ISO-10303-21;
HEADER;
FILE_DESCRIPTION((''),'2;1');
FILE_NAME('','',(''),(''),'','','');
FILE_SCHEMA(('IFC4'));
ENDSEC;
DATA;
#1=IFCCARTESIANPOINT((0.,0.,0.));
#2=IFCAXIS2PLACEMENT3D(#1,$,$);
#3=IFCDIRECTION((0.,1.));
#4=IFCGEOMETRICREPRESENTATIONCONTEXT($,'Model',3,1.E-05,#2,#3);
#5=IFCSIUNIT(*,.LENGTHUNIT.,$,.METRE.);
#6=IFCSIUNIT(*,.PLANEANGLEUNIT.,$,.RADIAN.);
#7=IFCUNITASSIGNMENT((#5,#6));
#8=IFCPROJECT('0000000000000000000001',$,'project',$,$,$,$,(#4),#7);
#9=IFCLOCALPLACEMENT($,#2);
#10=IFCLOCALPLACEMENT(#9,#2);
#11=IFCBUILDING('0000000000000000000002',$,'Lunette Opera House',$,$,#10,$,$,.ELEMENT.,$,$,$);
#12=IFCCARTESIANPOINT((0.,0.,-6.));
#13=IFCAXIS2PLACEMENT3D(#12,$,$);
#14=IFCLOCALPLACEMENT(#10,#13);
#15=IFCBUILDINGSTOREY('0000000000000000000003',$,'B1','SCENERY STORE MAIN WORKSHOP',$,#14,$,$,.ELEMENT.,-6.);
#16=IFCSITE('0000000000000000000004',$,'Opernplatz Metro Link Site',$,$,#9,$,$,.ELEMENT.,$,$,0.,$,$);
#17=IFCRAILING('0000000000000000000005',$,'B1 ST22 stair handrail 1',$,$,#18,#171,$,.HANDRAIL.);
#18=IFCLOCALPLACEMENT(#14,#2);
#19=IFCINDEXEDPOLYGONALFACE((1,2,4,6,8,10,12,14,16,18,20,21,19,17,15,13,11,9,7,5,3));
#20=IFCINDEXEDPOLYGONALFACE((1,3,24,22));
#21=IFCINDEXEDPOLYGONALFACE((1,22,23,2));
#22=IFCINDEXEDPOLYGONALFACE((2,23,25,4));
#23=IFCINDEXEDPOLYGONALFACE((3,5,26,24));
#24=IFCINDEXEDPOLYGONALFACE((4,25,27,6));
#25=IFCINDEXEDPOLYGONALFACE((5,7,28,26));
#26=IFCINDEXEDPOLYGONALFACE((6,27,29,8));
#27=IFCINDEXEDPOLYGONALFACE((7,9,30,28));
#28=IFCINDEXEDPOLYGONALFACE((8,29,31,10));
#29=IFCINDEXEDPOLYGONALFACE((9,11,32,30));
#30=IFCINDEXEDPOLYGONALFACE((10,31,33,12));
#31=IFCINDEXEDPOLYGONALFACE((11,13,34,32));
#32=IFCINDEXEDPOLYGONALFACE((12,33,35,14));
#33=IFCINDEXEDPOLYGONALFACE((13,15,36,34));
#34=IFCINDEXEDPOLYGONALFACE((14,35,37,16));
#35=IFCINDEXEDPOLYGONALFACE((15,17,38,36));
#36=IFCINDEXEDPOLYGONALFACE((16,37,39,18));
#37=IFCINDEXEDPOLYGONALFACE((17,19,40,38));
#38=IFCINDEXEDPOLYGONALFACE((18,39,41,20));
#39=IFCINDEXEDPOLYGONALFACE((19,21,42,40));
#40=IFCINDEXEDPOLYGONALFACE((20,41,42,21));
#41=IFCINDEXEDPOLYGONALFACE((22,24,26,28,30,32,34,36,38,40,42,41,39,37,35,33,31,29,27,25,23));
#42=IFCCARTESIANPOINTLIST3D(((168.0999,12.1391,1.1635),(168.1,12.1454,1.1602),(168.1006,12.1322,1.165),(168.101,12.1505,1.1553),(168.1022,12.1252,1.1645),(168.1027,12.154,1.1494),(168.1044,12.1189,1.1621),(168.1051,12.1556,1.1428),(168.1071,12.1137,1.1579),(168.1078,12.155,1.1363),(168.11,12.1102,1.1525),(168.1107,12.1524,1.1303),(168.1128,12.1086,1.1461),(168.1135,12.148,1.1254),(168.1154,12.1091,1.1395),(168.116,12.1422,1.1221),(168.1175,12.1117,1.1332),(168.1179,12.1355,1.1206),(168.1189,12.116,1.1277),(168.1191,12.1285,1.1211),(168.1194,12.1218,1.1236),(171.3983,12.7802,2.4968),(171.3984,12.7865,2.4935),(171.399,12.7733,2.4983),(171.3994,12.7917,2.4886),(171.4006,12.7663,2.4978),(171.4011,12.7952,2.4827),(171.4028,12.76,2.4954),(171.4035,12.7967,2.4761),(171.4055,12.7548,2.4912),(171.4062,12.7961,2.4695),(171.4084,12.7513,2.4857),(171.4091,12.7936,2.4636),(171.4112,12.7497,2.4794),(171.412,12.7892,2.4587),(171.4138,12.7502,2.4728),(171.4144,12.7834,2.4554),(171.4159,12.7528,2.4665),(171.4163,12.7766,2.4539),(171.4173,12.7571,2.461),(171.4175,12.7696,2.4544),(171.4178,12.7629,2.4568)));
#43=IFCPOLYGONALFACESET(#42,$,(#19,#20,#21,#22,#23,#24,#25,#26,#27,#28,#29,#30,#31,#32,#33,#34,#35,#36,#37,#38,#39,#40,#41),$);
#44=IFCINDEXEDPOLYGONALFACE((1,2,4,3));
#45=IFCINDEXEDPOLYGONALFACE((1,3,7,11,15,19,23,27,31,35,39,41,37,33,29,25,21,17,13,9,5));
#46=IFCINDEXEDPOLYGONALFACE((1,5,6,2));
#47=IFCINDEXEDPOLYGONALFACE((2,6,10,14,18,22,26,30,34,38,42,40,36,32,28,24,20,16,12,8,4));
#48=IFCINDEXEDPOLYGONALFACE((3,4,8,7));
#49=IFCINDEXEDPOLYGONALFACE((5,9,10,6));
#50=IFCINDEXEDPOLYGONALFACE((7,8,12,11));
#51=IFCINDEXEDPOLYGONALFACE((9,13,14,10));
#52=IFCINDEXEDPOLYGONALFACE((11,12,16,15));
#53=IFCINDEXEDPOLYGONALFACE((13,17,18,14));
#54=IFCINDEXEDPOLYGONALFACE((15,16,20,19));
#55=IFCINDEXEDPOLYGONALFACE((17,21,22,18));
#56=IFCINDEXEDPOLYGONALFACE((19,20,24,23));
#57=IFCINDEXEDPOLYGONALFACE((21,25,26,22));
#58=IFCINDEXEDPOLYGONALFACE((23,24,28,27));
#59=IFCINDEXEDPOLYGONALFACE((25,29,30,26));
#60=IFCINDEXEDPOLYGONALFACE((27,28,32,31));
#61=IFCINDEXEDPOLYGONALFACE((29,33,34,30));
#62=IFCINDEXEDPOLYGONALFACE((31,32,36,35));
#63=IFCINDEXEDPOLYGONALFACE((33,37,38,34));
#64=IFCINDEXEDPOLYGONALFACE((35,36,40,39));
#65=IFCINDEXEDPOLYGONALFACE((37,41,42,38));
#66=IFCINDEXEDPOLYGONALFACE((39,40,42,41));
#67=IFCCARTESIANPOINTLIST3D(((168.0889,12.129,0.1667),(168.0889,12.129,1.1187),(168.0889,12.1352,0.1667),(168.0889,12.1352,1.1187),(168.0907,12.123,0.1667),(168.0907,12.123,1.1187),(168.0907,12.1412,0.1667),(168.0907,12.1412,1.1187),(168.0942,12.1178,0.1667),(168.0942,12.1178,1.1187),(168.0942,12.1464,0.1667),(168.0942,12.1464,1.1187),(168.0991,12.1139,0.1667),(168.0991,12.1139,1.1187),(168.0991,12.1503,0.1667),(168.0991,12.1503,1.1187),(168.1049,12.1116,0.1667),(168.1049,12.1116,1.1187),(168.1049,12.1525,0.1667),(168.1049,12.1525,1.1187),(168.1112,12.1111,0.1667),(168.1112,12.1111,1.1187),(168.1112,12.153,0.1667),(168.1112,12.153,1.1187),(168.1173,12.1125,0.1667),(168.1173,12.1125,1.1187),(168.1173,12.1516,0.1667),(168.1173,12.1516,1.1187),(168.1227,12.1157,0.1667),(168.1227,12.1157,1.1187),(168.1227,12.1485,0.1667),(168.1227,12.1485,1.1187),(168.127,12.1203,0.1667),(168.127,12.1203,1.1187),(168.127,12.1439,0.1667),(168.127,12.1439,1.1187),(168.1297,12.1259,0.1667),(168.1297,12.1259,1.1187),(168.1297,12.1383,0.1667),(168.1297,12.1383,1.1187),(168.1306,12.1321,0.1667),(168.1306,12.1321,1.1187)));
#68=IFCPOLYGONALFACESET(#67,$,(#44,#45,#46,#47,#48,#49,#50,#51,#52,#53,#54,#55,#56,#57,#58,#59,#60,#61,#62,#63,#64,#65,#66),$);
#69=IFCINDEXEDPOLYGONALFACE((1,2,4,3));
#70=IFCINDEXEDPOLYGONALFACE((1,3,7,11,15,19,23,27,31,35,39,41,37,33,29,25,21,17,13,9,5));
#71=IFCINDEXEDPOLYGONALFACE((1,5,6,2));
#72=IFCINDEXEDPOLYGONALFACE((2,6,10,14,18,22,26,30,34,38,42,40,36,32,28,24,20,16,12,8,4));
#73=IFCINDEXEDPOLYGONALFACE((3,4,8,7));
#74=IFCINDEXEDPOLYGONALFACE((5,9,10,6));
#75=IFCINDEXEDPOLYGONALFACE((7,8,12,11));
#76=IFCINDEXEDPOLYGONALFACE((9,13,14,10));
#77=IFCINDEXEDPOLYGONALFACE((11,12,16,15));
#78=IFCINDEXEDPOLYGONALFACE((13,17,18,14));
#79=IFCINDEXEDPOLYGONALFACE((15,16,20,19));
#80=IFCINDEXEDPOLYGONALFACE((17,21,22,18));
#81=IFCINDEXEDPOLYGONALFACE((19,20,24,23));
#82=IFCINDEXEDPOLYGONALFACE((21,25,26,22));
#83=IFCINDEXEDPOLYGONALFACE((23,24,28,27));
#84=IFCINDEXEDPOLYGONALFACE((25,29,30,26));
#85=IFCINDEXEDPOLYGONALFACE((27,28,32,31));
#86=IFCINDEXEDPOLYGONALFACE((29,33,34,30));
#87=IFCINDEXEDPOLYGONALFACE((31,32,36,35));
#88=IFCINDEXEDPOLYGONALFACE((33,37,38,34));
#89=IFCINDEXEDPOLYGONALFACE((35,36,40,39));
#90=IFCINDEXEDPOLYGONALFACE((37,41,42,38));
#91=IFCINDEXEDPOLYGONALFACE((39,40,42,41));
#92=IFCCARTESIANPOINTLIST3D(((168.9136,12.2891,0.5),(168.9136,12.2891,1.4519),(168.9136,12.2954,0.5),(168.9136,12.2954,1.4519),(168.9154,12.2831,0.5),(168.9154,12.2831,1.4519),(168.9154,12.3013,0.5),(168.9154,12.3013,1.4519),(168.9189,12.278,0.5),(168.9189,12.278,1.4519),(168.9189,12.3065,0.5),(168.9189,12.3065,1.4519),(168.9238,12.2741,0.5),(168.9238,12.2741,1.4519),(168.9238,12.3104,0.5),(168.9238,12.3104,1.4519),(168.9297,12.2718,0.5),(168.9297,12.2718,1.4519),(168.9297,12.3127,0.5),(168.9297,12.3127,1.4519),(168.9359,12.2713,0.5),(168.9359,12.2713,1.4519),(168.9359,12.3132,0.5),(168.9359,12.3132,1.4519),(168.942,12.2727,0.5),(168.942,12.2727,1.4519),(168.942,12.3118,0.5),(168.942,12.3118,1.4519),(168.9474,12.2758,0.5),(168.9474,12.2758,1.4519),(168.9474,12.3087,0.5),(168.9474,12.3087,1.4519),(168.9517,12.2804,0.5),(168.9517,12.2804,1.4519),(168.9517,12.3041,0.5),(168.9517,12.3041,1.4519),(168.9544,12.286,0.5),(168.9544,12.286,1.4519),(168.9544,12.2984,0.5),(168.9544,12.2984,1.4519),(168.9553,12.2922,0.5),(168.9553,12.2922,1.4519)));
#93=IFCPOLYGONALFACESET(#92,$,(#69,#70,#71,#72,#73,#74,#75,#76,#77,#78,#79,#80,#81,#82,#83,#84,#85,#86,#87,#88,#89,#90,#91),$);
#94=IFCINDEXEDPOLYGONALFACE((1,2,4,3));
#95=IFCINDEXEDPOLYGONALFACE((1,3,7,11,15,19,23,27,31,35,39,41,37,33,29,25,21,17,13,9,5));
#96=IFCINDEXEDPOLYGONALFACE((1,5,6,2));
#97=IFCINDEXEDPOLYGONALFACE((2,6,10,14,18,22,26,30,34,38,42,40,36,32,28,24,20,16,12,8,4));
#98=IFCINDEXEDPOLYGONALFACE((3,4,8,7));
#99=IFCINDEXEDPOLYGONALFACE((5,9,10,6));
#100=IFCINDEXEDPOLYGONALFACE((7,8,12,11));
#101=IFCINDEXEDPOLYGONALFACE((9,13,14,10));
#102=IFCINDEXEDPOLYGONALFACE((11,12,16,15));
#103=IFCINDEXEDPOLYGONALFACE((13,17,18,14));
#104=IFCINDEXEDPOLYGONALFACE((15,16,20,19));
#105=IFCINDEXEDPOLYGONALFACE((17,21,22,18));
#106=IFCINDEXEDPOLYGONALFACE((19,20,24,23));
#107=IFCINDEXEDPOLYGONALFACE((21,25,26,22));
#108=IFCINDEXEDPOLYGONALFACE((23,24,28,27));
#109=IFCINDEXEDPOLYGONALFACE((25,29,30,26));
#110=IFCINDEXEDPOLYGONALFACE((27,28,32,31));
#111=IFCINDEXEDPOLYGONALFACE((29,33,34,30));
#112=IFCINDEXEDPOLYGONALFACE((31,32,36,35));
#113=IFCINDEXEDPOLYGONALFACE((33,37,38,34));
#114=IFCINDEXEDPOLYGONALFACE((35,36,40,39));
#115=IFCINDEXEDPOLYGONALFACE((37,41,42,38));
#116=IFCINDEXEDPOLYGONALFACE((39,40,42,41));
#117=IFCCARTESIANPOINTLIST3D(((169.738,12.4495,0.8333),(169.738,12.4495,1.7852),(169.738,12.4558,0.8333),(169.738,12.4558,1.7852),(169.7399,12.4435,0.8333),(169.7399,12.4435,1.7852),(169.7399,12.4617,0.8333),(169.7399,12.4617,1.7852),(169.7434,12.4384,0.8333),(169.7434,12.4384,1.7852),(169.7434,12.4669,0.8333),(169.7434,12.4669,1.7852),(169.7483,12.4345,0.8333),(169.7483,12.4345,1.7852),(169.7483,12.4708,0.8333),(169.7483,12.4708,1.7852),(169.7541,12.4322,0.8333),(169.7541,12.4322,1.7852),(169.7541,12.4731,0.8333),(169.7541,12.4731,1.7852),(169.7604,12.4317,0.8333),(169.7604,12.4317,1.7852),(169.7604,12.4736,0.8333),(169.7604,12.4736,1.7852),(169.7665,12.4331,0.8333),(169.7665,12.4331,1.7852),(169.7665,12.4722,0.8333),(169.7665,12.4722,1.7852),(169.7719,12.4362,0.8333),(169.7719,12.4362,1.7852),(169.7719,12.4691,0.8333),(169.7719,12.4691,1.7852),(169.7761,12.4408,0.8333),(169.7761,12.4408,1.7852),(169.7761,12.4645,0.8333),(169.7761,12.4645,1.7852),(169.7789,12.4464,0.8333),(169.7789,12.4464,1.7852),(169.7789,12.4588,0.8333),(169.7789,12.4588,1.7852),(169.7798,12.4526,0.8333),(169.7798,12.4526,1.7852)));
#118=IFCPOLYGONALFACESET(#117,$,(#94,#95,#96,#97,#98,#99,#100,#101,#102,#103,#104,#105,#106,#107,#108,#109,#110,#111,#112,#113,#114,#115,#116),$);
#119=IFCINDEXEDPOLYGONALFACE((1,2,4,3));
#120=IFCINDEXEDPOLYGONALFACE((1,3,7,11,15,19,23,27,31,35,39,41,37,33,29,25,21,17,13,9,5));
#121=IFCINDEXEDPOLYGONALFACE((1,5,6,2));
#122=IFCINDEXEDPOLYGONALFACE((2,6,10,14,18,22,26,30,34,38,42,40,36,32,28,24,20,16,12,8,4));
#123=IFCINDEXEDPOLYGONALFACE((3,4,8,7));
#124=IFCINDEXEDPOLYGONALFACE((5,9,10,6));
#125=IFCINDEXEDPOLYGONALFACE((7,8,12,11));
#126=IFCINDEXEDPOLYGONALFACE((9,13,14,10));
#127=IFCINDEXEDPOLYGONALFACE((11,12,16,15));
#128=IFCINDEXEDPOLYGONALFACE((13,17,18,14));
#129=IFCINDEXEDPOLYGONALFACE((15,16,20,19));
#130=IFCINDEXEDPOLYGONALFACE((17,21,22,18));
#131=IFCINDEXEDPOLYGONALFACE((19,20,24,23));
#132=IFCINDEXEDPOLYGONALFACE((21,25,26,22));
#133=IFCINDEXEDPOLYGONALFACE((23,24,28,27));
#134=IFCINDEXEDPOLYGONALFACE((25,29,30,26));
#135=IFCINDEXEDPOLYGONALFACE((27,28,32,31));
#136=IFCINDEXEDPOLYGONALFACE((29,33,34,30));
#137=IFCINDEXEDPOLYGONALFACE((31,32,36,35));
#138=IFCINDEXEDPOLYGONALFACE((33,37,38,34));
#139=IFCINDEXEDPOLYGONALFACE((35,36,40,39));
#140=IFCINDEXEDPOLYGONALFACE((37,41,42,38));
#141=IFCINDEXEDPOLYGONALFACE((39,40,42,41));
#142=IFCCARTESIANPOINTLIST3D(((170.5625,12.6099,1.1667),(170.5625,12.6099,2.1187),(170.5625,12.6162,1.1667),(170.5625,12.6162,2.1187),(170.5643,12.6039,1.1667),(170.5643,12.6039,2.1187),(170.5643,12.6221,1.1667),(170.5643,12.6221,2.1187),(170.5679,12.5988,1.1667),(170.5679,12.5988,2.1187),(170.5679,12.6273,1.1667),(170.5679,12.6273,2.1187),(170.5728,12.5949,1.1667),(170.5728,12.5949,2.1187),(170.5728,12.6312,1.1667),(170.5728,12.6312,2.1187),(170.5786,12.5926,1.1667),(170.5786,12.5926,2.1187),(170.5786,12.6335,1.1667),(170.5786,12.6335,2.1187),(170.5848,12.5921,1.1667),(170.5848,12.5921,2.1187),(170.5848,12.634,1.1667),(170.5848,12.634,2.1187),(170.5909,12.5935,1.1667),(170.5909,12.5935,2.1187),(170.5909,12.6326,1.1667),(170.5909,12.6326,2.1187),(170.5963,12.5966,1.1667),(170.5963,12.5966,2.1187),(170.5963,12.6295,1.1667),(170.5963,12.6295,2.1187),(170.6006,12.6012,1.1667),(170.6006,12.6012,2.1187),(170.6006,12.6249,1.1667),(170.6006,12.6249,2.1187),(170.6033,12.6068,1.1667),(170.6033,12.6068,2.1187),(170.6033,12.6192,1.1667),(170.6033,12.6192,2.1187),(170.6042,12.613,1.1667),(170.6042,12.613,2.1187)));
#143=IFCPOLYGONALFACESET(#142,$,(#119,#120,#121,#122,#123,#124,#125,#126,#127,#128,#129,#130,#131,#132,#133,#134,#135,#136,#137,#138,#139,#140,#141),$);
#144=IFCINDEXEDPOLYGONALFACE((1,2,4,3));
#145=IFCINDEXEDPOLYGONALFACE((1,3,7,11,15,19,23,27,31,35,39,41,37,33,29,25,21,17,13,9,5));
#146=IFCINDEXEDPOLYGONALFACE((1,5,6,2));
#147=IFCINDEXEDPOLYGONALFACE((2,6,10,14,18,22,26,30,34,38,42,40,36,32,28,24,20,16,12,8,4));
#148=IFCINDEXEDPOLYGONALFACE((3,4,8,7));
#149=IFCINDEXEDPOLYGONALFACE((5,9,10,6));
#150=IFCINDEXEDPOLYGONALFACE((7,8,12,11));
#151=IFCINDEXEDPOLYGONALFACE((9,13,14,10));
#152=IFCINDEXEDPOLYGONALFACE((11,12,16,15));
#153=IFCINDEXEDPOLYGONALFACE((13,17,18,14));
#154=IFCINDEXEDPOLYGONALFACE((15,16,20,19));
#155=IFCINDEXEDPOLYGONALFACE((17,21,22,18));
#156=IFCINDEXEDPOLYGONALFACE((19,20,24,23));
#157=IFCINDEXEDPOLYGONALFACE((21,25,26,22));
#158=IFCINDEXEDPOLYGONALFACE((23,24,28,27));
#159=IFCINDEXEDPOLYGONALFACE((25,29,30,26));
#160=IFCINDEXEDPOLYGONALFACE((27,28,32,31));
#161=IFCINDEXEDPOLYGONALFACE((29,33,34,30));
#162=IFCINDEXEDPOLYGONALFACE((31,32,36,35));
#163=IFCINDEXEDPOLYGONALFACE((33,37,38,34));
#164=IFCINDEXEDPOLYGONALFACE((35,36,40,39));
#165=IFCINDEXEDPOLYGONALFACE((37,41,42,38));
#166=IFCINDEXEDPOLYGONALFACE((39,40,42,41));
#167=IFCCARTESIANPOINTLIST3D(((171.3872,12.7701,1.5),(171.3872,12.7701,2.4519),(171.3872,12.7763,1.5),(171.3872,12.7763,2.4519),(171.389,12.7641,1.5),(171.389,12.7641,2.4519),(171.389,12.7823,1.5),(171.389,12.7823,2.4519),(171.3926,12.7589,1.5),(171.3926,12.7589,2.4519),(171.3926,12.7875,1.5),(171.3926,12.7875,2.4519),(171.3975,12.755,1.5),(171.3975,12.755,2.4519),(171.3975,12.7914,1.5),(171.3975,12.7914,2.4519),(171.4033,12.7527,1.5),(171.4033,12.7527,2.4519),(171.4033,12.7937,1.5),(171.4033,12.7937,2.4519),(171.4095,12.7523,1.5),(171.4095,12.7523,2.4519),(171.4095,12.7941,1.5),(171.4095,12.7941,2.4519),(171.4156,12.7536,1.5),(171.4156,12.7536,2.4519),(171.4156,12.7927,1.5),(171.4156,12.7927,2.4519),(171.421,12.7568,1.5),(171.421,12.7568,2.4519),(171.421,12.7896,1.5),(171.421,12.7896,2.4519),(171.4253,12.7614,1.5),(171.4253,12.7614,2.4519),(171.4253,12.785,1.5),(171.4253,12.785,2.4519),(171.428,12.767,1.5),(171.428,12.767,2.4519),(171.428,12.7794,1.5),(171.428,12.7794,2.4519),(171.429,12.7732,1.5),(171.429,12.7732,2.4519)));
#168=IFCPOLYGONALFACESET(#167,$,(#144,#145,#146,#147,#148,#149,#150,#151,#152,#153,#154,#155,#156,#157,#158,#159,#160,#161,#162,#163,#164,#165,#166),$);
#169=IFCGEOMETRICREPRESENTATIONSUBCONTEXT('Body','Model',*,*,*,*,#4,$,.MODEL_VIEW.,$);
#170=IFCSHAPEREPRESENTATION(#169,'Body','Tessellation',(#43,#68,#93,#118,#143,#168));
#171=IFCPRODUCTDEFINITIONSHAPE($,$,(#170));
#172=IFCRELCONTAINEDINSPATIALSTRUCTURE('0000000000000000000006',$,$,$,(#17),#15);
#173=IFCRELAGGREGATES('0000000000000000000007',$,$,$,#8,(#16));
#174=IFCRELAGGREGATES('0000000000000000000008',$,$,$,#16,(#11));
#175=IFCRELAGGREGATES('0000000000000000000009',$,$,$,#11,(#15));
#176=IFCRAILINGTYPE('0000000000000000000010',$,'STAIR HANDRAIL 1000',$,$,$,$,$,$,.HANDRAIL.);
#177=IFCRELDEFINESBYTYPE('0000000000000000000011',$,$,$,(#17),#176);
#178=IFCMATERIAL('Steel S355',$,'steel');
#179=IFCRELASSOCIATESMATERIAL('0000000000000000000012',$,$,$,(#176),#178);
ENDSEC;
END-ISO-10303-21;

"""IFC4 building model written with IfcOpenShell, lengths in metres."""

from ifc_helpers import new_model, si_unit, direction, frame, origin, origin_2d, place, context, subcontext, project, spatial, circle, extrude, material, type_object, element, save


model = new_model("IFC4")

# Units and contexts
model_context = context("Model", 3, precision=1e-05, world=origin(), true_north=direction((0.0, 1.0)))
body_context = subcontext(model_context, "Body", "Model", "MODEL_VIEW")
ifc_project = project(units=[si_unit("LENGTHUNIT", "METRE"), si_unit("PLANEANGLEUNIT", "RADIAN")], contexts=[model_context])

# Site, building, storey
site_placement = place(None, origin())
site = spatial("IfcSite", under=ifc_project, at=site_placement, Name="Opernplatz Metro Link Site", CompositionType="ELEMENT", RefElevation=0.0)
building_placement = place(site_placement, origin())
building = spatial("IfcBuilding", under=site, at=building_placement, Name="Lunette Opera House", CompositionType="ELEMENT")
storey_placement = place(building_placement, frame((0.0, 0.0, -6.0)))
storey = spatial("IfcBuildingStorey", under=building, at=storey_placement, Name="B1", Description="SCENERY STORE MAIN WORKSHOP", CompositionType="ELEMENT", Elevation=-6.0)

# Railing
ifc_material_1 = material(Name="Steel S355", Category="steel")
railing_type_1 = type_object("IfcRailingType", Name="STAIR HANDRAIL 1000", PredefinedType="HANDRAIL", material=ifc_material_1)
for number, where, name in (
    (1, (168.1096, 12.1321, 0.1667), "B1 ST22 stair handrail 1"),
):
    element("IfcRailing", number, at=place(storey_placement, frame(where)), inside=storey, type_object=railing_type_1, Name=name, PredefinedType="HANDRAIL", context=body_context, shape_type="SweptSolid", body=[
        extrude(circle(Radius=0.0239, at=origin_2d()), frame((0.0, 0.0, 0.9761), z_axis=(0.912425, 0.177352, 0.368819), x_axis=(-0.190804, 0.981628, 0.0)), (0.0, 0.0, 1.0), 3.615),
        extrude(circle(Radius=0.021, at=origin_2d()), origin(), (0.0, 0.0, 1.0), 0.9519),
        extrude(circle(Radius=0.021, at=origin_2d()), frame((0.8247, 0.1602, 0.3333)), (0.0, 0.0, 1.0), 0.9519),
        extrude(circle(Radius=0.021, at=origin_2d()), frame((1.6492, 0.3206, 0.6665)), (0.0, 0.0, 1.0), 0.9519),
        extrude(circle(Radius=0.021, at=origin_2d()), frame((2.4736, 0.481, 1.0)), (0.0, 0.0, 1.0), 0.9519),
        extrude(circle(Radius=0.021, at=origin_2d()), frame((3.2983, 0.6411, 1.3333)), (0.0, 0.0, 1.0), 0.9519),
    ])

save(model, "model.ifc")
